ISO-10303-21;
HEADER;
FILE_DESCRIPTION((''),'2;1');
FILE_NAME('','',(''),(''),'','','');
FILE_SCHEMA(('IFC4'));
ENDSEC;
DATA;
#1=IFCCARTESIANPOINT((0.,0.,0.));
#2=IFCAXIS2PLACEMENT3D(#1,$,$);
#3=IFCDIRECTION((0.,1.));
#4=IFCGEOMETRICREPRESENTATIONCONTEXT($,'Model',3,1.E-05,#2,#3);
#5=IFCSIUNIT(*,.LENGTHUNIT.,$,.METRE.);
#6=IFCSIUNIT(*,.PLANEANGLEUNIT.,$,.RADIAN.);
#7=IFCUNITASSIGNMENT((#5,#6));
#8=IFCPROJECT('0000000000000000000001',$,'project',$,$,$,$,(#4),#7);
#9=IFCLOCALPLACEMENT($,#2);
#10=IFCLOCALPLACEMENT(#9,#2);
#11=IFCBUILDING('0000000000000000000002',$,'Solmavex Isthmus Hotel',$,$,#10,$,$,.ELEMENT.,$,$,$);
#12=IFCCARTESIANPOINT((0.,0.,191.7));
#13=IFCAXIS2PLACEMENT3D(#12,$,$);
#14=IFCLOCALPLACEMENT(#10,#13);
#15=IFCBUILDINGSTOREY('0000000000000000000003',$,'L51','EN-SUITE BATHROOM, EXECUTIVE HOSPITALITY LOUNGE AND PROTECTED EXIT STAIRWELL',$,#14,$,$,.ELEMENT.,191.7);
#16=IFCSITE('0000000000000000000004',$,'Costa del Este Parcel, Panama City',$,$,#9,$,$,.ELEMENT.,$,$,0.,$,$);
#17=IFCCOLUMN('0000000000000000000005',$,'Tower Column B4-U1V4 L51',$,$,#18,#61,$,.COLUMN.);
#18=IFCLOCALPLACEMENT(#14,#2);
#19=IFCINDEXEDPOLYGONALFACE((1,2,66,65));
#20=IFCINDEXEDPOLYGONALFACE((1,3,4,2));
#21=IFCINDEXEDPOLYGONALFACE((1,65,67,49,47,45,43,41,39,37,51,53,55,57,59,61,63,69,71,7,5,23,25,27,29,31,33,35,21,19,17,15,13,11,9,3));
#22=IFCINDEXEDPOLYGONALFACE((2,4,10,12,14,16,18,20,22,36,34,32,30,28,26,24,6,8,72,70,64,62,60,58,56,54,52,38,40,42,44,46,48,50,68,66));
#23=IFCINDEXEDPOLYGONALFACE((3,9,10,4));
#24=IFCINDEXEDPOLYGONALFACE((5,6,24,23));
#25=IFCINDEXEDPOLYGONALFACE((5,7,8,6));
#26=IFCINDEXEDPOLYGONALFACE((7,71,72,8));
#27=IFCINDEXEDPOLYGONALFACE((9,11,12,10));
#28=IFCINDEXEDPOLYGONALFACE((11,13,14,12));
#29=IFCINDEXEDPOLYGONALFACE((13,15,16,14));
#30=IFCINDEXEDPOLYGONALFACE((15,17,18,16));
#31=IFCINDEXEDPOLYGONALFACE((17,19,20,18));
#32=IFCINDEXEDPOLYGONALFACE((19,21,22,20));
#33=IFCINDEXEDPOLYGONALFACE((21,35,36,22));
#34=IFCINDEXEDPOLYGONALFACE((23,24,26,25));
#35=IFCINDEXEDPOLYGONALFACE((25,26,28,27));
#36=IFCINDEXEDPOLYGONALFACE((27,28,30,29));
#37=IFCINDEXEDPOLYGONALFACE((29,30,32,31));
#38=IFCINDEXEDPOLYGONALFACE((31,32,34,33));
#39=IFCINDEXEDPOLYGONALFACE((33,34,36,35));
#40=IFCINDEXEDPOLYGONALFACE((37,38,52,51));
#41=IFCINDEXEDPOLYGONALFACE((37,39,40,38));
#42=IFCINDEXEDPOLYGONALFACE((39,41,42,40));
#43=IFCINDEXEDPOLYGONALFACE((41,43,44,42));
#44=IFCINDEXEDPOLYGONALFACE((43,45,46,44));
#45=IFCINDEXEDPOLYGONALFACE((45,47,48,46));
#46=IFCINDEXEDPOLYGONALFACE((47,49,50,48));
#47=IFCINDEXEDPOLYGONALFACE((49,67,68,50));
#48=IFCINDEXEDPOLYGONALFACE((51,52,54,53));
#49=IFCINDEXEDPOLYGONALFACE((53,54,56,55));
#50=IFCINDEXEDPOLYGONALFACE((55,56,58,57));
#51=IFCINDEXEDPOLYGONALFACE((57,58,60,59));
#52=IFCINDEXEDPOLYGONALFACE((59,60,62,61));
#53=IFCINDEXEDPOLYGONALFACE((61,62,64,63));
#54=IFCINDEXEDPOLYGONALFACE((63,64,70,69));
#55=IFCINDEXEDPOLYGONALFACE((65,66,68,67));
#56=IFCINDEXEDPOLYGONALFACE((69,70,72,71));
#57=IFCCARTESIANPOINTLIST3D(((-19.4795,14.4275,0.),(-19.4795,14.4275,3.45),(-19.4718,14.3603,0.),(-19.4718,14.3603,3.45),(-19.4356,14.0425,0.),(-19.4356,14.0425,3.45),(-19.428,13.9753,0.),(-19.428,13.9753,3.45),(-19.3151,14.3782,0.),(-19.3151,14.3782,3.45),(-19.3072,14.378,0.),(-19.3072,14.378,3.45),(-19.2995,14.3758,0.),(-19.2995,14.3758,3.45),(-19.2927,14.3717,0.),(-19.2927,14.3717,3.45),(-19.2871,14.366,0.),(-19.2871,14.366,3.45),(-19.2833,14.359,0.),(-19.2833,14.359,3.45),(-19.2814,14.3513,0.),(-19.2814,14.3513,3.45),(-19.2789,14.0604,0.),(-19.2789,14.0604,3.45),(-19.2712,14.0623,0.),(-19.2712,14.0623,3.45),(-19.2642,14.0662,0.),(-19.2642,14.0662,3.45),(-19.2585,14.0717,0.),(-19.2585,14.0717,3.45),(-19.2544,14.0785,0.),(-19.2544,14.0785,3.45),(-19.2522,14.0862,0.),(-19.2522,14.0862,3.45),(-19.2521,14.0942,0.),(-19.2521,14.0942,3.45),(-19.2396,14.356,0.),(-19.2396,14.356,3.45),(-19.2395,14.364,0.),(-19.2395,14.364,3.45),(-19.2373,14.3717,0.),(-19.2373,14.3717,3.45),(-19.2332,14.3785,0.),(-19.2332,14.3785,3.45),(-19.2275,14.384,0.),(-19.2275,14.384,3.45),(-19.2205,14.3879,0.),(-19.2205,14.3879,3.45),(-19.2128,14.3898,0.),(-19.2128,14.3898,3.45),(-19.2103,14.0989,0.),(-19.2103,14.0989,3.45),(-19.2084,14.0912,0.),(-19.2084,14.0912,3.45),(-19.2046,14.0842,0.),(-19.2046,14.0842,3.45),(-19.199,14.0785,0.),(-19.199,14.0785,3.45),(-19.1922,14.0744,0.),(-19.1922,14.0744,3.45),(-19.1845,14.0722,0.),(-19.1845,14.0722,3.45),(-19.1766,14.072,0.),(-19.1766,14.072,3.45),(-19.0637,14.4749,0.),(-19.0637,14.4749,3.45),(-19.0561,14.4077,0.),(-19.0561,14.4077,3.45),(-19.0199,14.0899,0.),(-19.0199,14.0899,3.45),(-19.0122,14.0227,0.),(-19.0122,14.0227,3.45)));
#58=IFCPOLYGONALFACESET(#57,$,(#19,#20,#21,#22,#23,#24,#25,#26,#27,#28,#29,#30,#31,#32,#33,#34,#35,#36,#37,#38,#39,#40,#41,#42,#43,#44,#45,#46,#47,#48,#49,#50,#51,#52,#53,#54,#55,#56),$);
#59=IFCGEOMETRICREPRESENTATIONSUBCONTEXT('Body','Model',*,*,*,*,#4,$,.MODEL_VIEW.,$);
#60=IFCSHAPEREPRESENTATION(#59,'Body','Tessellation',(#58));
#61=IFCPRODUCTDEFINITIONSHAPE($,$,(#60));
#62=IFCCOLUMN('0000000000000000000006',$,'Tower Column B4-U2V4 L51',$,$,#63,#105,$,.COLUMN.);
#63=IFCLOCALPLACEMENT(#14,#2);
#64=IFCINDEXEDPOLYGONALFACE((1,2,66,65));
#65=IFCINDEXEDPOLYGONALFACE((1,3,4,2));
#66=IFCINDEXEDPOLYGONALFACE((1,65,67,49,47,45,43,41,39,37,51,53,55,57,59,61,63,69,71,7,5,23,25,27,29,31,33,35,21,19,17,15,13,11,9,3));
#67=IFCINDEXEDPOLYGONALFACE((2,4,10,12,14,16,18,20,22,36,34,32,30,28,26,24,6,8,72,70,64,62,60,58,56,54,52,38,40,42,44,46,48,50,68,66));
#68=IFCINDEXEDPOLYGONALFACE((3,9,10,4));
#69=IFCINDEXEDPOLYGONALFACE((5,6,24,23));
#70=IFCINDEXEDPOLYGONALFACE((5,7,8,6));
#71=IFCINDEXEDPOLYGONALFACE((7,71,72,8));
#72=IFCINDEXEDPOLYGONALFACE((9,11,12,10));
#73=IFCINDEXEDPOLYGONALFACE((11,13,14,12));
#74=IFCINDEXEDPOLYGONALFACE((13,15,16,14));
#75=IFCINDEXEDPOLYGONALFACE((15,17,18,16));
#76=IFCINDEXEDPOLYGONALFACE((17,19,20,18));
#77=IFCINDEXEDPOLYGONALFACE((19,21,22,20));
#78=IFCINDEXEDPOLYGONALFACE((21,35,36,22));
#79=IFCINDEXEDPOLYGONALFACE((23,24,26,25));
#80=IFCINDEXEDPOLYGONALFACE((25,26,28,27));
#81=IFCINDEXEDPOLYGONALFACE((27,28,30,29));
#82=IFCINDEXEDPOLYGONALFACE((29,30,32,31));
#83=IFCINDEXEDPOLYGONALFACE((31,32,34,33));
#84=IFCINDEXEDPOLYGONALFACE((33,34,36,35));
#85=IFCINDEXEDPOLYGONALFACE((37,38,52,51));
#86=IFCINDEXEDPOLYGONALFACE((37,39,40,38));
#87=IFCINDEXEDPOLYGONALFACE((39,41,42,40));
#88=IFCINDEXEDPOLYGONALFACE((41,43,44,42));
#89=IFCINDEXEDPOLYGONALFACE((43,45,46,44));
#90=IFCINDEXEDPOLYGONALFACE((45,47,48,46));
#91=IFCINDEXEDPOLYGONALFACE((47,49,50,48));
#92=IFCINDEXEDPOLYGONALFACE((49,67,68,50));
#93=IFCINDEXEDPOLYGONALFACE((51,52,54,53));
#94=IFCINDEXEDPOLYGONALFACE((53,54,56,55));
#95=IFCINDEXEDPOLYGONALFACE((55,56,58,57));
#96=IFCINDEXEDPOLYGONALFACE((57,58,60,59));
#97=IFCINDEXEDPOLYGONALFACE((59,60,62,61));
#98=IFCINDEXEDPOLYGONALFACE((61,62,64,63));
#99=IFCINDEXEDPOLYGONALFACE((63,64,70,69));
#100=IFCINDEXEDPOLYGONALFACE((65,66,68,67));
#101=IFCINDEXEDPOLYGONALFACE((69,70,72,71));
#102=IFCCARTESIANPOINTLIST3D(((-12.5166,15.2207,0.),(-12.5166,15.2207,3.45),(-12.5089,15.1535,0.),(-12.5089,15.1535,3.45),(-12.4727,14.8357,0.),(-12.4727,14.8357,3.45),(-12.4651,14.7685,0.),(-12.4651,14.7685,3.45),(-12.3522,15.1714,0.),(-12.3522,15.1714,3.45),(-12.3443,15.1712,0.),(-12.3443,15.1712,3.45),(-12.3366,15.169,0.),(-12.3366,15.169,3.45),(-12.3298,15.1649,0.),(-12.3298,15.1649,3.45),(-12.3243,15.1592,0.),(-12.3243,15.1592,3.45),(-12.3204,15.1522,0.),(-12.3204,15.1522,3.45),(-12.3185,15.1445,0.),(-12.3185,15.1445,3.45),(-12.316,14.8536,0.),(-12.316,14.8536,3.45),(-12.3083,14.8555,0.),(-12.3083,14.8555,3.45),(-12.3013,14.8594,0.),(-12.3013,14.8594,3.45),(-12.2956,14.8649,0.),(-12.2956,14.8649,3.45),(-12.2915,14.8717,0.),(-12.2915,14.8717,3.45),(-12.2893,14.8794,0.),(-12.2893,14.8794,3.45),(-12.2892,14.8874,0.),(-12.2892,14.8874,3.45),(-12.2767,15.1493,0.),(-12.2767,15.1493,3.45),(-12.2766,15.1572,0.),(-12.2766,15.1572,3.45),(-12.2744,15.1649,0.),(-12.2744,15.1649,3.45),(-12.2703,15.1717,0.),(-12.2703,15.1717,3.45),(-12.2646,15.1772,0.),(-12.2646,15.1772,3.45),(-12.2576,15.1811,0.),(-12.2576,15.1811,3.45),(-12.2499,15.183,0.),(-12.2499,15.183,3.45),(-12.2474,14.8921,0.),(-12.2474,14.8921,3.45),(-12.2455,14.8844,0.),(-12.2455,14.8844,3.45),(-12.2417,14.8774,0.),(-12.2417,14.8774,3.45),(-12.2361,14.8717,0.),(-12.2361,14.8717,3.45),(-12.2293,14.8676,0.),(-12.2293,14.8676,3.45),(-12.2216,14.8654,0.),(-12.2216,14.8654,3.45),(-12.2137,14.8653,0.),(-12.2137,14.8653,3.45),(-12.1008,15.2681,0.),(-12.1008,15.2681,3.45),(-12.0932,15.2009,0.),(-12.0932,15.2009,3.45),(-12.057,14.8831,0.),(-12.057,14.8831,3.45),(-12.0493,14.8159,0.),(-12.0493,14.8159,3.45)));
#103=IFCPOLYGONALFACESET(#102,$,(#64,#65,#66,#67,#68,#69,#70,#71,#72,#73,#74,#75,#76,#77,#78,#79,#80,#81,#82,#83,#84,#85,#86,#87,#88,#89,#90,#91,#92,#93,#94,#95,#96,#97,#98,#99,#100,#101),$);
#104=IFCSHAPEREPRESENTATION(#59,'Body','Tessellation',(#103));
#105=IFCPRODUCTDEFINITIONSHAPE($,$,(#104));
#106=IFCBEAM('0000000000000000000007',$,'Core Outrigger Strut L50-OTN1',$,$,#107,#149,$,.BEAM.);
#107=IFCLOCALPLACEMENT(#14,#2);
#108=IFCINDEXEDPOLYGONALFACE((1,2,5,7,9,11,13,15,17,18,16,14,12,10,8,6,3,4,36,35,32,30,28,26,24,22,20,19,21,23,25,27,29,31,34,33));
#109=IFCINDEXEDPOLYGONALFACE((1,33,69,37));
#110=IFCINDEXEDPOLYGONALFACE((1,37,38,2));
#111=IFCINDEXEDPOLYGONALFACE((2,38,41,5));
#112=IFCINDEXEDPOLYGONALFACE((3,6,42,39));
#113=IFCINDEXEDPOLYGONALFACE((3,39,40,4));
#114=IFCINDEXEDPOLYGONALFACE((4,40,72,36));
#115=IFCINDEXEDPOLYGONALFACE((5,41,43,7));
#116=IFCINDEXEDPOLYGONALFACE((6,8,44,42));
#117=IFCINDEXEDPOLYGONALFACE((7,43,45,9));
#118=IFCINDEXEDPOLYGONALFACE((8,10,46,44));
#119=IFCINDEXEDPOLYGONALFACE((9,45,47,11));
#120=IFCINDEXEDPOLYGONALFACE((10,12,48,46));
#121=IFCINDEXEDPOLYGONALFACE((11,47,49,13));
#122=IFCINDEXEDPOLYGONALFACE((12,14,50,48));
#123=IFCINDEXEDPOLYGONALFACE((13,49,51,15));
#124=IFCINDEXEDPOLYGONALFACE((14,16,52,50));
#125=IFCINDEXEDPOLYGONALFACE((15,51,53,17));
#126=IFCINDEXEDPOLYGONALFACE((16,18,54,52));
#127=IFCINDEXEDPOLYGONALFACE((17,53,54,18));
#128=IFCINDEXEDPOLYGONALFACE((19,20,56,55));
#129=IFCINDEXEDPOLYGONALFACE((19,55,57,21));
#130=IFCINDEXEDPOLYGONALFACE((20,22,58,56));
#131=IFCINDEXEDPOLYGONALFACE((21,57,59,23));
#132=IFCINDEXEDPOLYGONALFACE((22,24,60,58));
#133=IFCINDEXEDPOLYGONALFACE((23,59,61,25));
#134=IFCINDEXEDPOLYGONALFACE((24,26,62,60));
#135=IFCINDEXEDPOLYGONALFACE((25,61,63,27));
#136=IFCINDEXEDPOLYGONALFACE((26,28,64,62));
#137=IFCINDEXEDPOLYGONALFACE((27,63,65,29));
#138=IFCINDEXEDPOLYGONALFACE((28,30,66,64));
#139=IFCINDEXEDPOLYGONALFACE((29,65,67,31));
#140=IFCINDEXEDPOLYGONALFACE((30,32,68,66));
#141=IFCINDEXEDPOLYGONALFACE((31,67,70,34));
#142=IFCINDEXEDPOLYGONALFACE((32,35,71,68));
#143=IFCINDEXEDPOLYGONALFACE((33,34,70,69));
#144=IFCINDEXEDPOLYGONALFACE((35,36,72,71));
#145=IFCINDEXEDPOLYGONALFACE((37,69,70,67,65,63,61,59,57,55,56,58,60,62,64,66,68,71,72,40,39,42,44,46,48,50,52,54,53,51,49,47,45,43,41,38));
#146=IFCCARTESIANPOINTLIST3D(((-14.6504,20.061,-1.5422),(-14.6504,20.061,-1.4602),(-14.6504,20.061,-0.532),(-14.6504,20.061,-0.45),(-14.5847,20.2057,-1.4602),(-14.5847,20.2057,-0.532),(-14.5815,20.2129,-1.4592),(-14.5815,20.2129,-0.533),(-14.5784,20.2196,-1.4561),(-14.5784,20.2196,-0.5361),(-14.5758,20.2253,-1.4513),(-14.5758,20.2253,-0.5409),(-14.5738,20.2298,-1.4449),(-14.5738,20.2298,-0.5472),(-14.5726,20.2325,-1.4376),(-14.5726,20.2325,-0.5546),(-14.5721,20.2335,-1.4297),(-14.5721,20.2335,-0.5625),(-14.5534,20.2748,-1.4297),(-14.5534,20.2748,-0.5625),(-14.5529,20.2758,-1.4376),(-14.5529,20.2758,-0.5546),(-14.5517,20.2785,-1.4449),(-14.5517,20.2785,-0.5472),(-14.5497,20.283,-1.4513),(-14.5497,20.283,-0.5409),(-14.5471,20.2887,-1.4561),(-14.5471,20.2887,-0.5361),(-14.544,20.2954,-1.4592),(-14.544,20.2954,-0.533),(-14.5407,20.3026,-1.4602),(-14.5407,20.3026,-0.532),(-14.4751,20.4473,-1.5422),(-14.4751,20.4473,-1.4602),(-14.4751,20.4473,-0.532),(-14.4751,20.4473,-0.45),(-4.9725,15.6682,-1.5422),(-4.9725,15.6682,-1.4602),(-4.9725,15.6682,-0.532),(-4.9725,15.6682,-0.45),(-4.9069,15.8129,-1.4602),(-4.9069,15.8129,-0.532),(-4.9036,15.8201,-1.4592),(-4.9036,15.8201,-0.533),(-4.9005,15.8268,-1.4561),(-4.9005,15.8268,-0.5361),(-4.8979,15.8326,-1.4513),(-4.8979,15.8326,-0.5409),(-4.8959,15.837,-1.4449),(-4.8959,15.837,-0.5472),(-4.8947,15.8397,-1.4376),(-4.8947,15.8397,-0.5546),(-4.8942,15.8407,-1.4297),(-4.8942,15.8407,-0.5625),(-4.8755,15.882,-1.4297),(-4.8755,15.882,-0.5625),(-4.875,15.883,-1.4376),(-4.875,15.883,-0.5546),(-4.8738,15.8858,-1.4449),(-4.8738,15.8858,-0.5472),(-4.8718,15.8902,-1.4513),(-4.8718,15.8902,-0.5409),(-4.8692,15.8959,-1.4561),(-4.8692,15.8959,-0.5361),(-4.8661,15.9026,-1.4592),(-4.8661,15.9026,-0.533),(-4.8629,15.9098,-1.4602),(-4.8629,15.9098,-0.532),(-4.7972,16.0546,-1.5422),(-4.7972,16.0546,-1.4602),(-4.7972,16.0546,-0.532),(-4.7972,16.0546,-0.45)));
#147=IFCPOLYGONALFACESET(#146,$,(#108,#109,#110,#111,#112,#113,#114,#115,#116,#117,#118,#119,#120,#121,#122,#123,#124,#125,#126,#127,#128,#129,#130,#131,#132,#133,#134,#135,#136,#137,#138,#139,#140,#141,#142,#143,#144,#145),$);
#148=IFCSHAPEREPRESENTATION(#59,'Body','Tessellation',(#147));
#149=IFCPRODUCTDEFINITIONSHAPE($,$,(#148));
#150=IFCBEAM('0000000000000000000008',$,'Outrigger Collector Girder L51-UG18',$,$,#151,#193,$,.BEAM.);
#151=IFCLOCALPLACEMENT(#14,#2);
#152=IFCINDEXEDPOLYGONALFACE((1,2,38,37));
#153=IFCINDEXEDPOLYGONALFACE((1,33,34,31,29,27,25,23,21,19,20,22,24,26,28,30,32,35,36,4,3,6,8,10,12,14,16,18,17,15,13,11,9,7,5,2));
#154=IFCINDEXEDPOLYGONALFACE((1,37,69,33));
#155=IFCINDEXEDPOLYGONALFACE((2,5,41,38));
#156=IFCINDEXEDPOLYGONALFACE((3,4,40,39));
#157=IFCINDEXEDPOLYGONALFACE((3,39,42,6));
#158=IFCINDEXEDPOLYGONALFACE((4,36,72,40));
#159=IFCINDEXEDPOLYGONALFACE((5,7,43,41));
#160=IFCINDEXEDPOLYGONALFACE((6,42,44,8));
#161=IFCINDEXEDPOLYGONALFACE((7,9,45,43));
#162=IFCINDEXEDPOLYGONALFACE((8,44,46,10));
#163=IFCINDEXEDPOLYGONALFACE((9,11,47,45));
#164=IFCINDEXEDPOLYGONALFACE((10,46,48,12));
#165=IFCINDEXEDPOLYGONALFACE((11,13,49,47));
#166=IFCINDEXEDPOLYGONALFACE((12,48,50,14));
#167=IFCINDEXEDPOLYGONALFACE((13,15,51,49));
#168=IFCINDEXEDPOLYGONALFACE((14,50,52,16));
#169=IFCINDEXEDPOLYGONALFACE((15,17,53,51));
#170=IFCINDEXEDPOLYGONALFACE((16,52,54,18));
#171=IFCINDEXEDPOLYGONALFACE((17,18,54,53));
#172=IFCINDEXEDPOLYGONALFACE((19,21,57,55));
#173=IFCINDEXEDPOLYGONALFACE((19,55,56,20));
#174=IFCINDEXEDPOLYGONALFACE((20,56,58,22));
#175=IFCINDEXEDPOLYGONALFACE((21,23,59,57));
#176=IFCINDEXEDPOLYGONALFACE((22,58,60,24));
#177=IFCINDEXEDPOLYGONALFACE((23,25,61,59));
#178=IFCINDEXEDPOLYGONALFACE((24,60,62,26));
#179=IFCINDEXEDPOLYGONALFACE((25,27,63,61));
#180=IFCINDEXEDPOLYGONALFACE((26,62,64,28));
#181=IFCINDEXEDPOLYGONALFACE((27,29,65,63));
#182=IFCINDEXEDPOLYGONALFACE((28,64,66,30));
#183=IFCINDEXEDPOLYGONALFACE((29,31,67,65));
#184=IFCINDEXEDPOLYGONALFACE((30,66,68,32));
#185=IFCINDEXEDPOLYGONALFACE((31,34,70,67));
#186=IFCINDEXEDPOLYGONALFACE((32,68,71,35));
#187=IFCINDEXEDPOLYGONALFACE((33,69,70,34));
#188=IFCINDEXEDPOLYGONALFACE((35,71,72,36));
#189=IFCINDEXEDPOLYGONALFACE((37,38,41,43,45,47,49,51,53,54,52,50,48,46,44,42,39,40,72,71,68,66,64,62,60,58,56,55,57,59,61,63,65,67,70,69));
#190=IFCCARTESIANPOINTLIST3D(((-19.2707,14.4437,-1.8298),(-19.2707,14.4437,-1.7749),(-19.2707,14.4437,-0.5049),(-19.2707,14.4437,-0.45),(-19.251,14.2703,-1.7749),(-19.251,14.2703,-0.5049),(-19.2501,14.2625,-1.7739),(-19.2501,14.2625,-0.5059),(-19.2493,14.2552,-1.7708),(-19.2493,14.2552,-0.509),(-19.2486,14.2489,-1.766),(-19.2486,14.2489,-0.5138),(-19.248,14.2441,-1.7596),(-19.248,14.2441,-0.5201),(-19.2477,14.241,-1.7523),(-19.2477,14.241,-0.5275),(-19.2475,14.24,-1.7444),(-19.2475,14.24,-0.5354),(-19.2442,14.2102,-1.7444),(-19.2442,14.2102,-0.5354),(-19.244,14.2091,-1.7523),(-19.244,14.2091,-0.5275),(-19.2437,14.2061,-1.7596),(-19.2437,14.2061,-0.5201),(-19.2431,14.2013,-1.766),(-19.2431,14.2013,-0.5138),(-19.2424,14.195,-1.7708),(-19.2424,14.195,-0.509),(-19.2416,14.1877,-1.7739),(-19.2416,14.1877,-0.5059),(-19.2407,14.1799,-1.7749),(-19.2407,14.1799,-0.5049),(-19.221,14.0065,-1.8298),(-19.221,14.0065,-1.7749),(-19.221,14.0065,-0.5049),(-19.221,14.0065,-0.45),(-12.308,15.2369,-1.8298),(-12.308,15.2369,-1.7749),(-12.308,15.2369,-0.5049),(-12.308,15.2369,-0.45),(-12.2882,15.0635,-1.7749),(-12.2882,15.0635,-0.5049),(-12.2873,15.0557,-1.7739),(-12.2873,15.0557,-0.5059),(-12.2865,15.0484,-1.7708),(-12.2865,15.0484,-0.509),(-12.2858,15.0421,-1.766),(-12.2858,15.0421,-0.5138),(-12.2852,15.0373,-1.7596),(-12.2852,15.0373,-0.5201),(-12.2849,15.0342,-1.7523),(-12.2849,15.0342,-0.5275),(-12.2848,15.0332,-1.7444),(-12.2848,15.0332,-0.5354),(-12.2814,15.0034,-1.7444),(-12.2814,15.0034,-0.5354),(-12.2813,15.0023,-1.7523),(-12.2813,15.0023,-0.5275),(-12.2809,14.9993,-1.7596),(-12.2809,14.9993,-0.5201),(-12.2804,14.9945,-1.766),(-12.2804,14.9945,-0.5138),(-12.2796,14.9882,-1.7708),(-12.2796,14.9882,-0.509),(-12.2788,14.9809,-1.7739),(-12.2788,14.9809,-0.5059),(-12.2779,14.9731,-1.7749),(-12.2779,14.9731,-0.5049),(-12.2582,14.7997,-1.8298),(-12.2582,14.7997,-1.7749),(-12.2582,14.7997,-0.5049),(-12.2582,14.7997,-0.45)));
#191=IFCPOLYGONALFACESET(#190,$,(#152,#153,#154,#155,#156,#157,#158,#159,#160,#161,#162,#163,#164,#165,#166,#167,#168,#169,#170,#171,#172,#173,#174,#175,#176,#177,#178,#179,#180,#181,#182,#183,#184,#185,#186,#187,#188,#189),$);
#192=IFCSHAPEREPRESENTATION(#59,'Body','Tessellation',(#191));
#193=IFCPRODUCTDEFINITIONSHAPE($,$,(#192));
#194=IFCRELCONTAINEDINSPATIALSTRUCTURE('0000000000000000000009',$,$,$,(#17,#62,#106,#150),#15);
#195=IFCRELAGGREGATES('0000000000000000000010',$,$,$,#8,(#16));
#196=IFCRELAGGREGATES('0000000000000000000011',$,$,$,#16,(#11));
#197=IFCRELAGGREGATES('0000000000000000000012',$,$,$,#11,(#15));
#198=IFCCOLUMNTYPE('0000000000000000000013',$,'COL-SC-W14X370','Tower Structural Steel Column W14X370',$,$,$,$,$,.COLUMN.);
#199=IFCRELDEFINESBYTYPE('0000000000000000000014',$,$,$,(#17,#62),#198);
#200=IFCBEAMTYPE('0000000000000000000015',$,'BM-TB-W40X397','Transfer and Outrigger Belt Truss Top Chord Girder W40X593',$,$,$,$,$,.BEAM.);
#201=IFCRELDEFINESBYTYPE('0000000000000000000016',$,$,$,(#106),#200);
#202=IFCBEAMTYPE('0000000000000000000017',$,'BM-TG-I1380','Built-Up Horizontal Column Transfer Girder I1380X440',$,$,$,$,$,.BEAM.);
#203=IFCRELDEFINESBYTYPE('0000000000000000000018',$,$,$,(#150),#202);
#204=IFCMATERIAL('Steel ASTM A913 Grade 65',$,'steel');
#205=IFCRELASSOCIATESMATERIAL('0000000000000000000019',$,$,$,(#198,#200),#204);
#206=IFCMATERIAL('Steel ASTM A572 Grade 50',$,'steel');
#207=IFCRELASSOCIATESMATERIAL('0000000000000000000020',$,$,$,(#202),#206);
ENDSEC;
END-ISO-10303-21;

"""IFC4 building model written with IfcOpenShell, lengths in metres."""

from ifc_helpers import new_model, si_unit, direction, frame, origin, origin_2d, place, context, subcontext, project, spatial, i_section, extrude, material, material_profile, profile_set, type_object, element, save


model = new_model("IFC4")

# Units and contexts
model_context = context("Model", 3, precision=1e-05, world=origin(), true_north=direction((0.0, 1.0)))
body_context = subcontext(model_context, "Body", "Model", "MODEL_VIEW")
ifc_project = project(units=[si_unit("LENGTHUNIT", "METRE"), si_unit("PLANEANGLEUNIT", "RADIAN")], contexts=[model_context])

# Site, building, storey
site_placement = place(None, origin())
site = spatial("IfcSite", under=ifc_project, at=site_placement, Name="Costa del Este Parcel, Panama City", CompositionType="ELEMENT", RefElevation=0.0)
building_placement = place(site_placement, origin())
building = spatial("IfcBuilding", under=site, at=building_placement, Name="Solmavex Isthmus Hotel", CompositionType="ELEMENT")
storey_placement = place(building_placement, frame((0.0, 0.0, 191.7)))
storey = spatial("IfcBuildingStorey", under=building, at=storey_placement, Name="L51", Description="EN-SUITE BATHROOM, EXECUTIVE HOSPITALITY LOUNGE AND PROTECTED EXIT STAIRWELL", CompositionType="ELEMENT", Elevation=191.7)

# Columns
ifc_material_1 = material(Name="Steel ASTM A913 Grade 65", Category="steel")
ifc_material_profile_1 = material_profile(ifc_material_1, i_section(OverallWidth=0.4185, OverallDepth=0.4551, WebThickness=0.042, FlangeThickness=0.0676, FilletRadius=0.0305, at=origin_2d()), Name="W14X370")
ifc_profile_set_1 = profile_set([ifc_material_profile_1], Name="Steel ASTM A913 Grade 65")
column_type = type_object("IfcColumnType", Name="COL-SC-W14X370", Description="Tower Structural Steel Column W14X370", PredefinedType="COLUMN", material=ifc_profile_set_1)
for number, where, z_axis, x_axis, name in (
    (1, (-19.2458, 14.2251, 0.0), (0.0, 0.0, 1.0), (0.993572, 0.113203, 0.0), "Tower Column B4-U1V4 L51"),
    (2, (-12.283, 15.0183, 0.0), (0.0, 0.0, 1.0), (0.993572, 0.113203, 0.0), "Tower Column B4-U2V4 L51"),
):
    element("IfcColumn", number, at=place(storey_placement, frame(where, z_axis=z_axis, x_axis=x_axis)), inside=storey, type_object=column_type, Name=name, PredefinedType="COLUMN", context=body_context, shape_type="SweptSolid", body=[
        extrude(i_section(OverallWidth=0.4185, OverallDepth=0.4551, WebThickness=0.042, FlangeThickness=0.0676, FilletRadius=0.0305, at=origin_2d()), origin(), (0.0, 0.0, 1.0), 3.45),
    ])

# Beams
ifc_material_profile_2 = material_profile(ifc_material_1, i_section(OverallWidth=0.4243, OverallDepth=1.0923, WebThickness=0.0454, FlangeThickness=0.082, FilletRadius=0.0305, at=origin_2d()), Name="W40X593")
ifc_profile_set_2 = profile_set([ifc_material_profile_2], Name="Steel ASTM A913 Grade 65")
beam_type_1 = type_object("IfcBeamType", Name="BM-TB-W40X397", Description="Transfer and Outrigger Belt Truss Top Chord Girder W40X593", PredefinedType="BEAM", material=ifc_profile_set_2)
beam_1_placement = place(storey_placement, frame((-14.5627, 20.2542, -0.9961), z_axis=(0.910588, -0.413315, 0.0), x_axis=(0.413315, 0.910588, 0.0)))
element("IfcBeam", 3, at=beam_1_placement, inside=storey, type_object=beam_type_1, Name="Core Outrigger Strut L50-OTN1", PredefinedType="BEAM", context=body_context, shape_type="SweptSolid", body=[
    extrude(i_section(OverallWidth=0.4243, OverallDepth=1.0923, WebThickness=0.0454, FlangeThickness=0.082, FilletRadius=0.0305, at=origin_2d()), origin(), (0.0, 0.0, 1.0), 10.6282),
])
ifc_material_2 = material(Name="Steel ASTM A572 Grade 50", Category="steel")
ifc_material_profile_3 = material_profile(ifc_material_2, i_section(OverallWidth=0.4399, OverallDepth=1.3799, WebThickness=0.03, FlangeThickness=0.0549, FilletRadius=0.0305, at=origin_2d()), Name="I1380X440")
ifc_profile_set_3 = profile_set([ifc_material_profile_3], Name="Steel ASTM A572 Grade 50")
beam_type_2 = type_object("IfcBeamType", Name="BM-TG-I1380", Description="Built-Up Horizontal Column Transfer Girder I1380X440", PredefinedType="BEAM", material=ifc_profile_set_3)
beam_2_placement = place(storey_placement, frame((-19.2458, 14.2251, -1.1399), z_axis=(0.993574, 0.113188, 0.0), x_axis=(-0.113188, 0.993574, 0.0)))
element("IfcBeam", 4, at=beam_2_placement, inside=storey, type_object=beam_type_2, Name="Outrigger Collector Girder L51-UG18", PredefinedType="BEAM", context=body_context, shape_type="SweptSolid", body=[
    extrude(i_section(OverallWidth=0.4399, OverallDepth=1.3799, WebThickness=0.03, FlangeThickness=0.0549, FilletRadius=0.0305, at=origin_2d()), origin(), (0.0, 0.0, 1.0), 7.0078),
])

save(model, "model.ifc")
